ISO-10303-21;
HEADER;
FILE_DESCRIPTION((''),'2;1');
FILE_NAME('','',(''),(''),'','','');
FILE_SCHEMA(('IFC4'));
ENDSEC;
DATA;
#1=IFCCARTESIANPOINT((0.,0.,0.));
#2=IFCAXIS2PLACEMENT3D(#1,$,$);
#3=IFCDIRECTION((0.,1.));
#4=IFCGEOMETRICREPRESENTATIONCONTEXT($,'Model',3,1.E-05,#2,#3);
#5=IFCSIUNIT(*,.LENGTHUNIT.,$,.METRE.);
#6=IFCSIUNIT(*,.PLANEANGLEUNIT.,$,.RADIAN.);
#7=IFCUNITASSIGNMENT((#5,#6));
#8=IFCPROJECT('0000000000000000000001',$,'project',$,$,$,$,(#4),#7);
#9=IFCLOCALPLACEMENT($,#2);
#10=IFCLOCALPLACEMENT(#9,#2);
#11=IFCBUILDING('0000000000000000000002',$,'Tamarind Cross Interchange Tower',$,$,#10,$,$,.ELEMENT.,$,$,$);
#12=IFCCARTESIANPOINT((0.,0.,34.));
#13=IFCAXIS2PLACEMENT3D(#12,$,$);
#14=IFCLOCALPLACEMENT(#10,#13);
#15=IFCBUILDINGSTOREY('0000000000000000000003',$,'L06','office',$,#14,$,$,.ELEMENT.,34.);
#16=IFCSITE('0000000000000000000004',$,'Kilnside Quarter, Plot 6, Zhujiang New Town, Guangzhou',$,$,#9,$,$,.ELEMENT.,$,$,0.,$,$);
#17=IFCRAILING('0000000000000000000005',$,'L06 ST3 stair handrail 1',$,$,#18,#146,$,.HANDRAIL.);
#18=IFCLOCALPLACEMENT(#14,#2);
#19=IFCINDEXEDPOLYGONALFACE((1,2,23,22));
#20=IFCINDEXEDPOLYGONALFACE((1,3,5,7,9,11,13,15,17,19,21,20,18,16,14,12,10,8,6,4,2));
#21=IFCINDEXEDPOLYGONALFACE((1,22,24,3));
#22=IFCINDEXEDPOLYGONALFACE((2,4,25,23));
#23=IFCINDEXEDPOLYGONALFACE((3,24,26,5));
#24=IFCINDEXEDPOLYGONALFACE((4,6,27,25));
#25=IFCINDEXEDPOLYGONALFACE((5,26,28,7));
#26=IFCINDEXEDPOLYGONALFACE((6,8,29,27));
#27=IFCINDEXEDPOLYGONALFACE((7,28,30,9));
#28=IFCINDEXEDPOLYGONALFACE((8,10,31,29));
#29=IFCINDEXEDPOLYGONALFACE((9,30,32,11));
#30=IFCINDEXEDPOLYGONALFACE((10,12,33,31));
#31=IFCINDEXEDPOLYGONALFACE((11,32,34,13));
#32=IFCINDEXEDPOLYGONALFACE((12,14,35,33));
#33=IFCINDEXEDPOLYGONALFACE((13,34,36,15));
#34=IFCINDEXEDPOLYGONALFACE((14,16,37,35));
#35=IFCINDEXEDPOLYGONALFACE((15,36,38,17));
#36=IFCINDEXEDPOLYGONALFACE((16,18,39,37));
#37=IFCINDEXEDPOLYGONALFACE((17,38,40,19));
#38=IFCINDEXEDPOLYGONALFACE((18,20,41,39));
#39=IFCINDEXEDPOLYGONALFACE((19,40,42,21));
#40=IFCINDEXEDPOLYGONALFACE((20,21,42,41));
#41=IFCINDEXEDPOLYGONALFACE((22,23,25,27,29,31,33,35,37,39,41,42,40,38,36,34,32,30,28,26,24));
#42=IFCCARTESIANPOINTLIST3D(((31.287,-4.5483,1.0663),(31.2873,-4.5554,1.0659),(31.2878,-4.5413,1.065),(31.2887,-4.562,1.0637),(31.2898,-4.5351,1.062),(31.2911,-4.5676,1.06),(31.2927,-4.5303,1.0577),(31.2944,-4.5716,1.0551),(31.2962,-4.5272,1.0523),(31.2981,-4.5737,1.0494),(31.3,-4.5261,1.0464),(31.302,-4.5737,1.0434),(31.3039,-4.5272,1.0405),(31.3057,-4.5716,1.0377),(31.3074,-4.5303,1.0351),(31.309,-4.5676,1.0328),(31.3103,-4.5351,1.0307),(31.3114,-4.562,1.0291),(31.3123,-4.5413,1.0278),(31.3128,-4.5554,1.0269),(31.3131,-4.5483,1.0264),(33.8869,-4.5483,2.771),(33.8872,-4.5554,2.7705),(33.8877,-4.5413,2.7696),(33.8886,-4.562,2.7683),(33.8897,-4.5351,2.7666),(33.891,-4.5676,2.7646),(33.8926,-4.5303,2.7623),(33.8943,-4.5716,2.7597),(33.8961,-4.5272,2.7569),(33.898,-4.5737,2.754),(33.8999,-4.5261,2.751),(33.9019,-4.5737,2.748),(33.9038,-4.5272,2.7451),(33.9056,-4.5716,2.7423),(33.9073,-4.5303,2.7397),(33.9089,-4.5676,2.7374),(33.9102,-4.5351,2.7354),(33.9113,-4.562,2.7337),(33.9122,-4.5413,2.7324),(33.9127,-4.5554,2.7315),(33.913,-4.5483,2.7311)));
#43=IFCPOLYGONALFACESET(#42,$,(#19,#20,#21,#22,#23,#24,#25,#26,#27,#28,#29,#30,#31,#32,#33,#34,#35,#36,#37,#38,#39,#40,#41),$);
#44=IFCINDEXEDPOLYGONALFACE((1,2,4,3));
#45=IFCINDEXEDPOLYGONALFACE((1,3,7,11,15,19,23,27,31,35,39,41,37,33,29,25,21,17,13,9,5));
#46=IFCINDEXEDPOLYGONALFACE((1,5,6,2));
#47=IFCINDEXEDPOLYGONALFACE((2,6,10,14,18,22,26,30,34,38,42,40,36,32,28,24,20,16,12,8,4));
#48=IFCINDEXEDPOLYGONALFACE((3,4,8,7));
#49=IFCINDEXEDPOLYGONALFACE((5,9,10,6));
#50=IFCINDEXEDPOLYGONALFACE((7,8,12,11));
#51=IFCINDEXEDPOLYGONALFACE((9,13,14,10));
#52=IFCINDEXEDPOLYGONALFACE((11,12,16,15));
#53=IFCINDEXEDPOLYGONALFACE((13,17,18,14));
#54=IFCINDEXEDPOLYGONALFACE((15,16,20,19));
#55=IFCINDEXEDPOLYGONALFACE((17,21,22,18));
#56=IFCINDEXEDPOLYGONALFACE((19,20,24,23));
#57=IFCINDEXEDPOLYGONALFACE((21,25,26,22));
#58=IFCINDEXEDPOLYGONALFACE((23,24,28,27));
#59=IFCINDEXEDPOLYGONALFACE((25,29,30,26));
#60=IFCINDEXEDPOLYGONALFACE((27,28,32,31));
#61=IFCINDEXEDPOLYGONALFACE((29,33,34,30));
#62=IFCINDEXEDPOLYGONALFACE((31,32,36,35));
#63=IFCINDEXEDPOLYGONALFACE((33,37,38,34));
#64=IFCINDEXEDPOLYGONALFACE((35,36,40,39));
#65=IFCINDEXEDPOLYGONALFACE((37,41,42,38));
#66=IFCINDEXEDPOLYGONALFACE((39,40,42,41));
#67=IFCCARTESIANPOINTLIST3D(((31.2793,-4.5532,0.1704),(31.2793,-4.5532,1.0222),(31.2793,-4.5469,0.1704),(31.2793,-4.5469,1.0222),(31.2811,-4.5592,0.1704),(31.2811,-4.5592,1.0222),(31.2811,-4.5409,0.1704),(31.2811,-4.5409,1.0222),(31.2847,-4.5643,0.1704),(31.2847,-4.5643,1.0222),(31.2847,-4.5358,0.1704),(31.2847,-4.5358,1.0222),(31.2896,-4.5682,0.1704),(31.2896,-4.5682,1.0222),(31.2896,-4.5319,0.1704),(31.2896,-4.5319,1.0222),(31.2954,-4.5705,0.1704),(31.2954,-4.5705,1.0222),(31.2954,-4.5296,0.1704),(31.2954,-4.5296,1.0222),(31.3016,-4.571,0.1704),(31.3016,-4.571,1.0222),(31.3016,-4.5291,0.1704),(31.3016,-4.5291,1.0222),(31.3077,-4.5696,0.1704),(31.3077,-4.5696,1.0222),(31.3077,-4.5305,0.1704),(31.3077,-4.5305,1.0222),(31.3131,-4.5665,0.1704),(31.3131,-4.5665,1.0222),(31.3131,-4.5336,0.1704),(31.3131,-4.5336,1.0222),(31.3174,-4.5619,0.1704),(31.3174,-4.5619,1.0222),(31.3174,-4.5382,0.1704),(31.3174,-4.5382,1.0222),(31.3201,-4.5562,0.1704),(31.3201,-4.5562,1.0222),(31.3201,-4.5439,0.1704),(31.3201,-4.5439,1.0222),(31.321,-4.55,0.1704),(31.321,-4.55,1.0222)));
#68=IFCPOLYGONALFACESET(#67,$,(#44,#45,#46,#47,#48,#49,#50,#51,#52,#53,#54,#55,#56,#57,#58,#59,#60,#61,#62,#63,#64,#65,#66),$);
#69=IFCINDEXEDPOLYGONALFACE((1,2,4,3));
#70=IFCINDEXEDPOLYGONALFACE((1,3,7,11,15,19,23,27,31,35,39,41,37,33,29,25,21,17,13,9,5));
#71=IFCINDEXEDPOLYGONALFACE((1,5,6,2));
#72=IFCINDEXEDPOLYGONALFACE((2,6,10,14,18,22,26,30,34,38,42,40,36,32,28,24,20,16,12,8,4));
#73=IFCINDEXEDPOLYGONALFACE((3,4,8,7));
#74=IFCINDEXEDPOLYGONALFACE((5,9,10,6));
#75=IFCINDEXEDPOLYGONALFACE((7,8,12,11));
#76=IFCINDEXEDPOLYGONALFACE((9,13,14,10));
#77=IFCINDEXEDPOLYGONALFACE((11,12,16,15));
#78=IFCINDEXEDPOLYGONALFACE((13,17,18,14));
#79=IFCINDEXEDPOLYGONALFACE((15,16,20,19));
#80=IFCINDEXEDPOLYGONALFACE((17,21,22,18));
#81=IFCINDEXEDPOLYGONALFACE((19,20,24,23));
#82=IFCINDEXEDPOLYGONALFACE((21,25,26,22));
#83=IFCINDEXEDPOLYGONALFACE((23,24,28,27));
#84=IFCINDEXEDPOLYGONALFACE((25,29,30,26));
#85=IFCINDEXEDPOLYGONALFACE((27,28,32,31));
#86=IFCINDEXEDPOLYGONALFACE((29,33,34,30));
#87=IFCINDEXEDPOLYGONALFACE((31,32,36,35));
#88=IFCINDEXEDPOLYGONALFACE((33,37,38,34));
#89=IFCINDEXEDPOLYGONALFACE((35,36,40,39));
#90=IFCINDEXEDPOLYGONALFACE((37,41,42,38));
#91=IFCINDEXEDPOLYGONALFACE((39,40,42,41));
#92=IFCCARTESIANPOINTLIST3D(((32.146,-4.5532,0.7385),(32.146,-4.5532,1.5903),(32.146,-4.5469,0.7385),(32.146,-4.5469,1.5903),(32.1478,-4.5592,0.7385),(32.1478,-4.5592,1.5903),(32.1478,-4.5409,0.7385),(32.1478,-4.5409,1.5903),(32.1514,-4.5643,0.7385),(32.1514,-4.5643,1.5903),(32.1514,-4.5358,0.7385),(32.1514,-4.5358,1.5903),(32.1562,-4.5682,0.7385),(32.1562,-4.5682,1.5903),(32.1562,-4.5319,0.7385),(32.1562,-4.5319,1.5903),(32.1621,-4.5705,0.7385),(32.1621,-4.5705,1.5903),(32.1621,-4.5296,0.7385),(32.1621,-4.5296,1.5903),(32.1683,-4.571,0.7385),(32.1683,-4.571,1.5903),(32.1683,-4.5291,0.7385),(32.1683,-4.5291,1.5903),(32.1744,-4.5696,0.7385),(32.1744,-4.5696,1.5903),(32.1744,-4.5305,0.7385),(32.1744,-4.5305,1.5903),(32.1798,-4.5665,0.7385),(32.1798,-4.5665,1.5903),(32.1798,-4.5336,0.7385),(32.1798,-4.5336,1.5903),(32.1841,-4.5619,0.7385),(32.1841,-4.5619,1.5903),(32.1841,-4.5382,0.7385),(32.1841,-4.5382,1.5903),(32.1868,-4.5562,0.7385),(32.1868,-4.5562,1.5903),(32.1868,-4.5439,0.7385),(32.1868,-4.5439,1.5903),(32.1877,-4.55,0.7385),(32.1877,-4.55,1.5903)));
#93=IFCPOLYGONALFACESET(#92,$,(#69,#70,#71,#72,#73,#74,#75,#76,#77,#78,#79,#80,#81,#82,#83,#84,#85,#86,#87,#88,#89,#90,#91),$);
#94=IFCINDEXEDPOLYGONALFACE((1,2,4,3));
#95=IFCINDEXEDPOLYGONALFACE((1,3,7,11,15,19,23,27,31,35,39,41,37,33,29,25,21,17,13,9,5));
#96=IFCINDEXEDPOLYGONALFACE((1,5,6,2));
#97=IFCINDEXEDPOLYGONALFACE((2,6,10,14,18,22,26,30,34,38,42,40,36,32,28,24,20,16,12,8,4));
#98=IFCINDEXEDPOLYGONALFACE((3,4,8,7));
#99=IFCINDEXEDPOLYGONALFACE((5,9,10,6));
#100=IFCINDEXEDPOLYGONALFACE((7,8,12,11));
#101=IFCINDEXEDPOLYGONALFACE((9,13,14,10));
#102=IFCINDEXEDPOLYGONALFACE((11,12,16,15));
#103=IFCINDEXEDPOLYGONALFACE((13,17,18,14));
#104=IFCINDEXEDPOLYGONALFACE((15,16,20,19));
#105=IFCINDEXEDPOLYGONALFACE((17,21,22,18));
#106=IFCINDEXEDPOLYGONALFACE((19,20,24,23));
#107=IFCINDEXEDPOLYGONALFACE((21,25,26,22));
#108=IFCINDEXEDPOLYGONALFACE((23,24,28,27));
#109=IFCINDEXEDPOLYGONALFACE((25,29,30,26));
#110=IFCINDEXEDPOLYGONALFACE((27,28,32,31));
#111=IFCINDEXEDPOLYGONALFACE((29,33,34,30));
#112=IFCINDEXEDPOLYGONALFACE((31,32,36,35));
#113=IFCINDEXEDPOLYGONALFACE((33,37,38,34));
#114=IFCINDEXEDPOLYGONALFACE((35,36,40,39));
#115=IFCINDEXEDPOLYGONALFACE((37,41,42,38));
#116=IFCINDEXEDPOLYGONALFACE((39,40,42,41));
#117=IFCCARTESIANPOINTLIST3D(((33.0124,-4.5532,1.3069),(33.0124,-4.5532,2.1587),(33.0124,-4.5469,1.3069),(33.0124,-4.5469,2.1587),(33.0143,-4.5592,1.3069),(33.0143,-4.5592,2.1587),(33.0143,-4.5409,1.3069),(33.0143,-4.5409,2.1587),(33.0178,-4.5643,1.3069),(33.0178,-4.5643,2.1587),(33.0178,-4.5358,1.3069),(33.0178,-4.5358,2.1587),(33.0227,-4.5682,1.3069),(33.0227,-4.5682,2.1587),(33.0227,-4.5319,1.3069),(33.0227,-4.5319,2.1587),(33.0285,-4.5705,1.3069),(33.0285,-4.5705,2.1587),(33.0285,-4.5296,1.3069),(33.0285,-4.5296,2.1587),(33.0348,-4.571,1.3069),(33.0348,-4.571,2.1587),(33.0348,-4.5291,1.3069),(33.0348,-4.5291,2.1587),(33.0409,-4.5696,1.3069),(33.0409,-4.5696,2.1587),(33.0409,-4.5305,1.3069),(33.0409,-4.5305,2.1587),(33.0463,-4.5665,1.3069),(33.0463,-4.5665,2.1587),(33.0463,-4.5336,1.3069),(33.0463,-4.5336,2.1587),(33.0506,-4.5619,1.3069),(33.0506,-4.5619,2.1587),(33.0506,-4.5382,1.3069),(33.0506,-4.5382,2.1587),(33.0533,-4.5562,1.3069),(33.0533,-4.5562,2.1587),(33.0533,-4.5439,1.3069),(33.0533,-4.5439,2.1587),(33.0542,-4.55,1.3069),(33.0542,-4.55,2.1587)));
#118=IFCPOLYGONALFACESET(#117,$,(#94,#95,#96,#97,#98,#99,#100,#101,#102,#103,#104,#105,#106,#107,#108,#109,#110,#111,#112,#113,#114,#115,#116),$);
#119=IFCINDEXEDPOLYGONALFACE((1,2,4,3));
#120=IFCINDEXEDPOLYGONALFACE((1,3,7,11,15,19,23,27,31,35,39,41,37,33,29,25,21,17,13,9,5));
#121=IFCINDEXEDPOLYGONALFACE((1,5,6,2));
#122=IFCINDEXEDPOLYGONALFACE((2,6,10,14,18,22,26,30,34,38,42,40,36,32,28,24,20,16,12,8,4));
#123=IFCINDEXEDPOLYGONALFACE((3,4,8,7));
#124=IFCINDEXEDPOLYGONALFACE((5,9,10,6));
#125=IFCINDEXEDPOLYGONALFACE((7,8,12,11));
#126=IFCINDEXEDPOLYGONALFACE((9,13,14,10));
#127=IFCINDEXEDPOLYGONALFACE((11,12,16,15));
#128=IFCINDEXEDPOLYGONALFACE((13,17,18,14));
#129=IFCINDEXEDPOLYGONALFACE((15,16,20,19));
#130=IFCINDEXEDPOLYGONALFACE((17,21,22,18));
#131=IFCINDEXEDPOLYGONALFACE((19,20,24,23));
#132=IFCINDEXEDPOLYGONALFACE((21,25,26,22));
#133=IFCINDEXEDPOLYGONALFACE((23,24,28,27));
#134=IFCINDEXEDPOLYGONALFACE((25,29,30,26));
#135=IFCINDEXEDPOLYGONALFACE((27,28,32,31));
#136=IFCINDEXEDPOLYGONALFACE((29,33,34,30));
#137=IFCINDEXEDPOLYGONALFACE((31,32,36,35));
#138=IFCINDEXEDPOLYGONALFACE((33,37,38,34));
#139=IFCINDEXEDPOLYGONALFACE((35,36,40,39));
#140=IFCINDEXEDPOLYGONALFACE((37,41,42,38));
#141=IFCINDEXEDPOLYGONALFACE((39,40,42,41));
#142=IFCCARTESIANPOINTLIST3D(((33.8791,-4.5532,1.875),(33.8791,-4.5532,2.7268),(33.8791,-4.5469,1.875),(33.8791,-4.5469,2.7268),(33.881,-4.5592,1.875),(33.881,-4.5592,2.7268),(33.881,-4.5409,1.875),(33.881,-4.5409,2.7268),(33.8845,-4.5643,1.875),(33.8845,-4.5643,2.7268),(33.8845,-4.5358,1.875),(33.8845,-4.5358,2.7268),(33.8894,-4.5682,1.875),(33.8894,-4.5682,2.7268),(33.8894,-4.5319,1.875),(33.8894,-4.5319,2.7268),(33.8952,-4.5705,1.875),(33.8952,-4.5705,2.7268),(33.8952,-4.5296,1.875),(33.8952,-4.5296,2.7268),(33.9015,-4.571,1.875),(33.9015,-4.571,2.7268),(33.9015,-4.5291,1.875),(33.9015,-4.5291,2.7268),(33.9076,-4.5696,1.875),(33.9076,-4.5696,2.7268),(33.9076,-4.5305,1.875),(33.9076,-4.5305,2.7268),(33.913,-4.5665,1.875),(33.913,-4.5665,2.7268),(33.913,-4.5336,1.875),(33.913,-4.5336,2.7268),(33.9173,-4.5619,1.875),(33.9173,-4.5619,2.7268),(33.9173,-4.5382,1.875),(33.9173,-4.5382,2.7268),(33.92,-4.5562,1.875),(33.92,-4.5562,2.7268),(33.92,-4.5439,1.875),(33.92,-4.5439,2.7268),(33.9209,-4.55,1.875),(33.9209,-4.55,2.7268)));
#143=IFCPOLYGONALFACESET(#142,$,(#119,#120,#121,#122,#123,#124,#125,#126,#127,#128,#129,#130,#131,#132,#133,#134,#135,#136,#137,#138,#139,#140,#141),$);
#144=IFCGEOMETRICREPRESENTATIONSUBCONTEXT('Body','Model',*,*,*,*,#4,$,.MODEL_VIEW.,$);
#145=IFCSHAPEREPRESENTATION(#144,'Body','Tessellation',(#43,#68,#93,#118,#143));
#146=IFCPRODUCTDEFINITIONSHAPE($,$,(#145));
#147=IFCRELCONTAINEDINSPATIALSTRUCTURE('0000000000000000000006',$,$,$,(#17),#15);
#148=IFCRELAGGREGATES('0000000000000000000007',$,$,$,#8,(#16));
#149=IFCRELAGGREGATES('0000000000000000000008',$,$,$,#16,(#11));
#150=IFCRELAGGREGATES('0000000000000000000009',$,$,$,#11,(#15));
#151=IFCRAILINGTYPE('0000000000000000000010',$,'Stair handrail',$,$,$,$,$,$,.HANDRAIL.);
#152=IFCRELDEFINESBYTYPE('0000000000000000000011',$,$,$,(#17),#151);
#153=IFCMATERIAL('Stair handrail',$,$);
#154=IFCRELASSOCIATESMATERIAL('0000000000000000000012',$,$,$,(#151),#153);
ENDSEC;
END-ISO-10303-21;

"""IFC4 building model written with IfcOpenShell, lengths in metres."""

from ifc_helpers import new_model, si_unit, direction, frame, origin, origin_2d, place, context, subcontext, project, spatial, circle, extrude, material, type_object, element, save


model = new_model("IFC4")

# Units and contexts
model_context = context("Model", 3, precision=1e-05, world=origin(), true_north=direction((0.0, 1.0)))
body_context = subcontext(model_context, "Body", "Model", "MODEL_VIEW")
ifc_project = project(units=[si_unit("LENGTHUNIT", "METRE"), si_unit("PLANEANGLEUNIT", "RADIAN")], contexts=[model_context])

# Site, building, storey
site_placement = place(None, origin())
site = spatial("IfcSite", under=ifc_project, at=site_placement, Name="Kilnside Quarter, Plot 6, Zhujiang New Town, Guangzhou", CompositionType="ELEMENT", RefElevation=0.0)
building_placement = place(site_placement, origin())
building = spatial("IfcBuilding", under=site, at=building_placement, Name="Tamarind Cross Interchange Tower", CompositionType="ELEMENT")
storey_placement = place(building_placement, frame((0.0, 0.0, 34.0)))
storey = spatial("IfcBuildingStorey", under=building, at=storey_placement, Name="L06", Description="office", CompositionType="ELEMENT", Elevation=34.0)

# Railing
ifc_material_1 = material(Name="Stair handrail")
railing_type_1 = type_object("IfcRailingType", Name="Stair handrail", PredefinedType="HANDRAIL", material=ifc_material_1)
railing_1_placement = place(storey_placement, frame((31.3, -4.55, 0.1704)))
element("IfcRailing", 1, at=railing_1_placement, inside=storey, type_object=railing_type_1, Name="L06 ST3 stair handrail 1", PredefinedType="HANDRAIL", context=body_context, shape_type="SweptSolid", body=[
    extrude(circle(Radius=0.0239, at=origin_2d()), frame((0.0, 0.0, 0.876), z_axis=(0.836279, 0.0, 0.548305), x_axis=(0.0, 1.0, 0.0)), (0.0, 0.0, 1.0), 3.1089),
    extrude(circle(Radius=0.021, at=origin_2d()), origin(), (0.0, 0.0, 1.0), 0.8518),
    extrude(circle(Radius=0.021, at=origin_2d()), frame((0.8667, 0.0, 0.5681)), (0.0, 0.0, 1.0), 0.8518),
    extrude(circle(Radius=0.021, at=origin_2d()), frame((1.7332, 0.0, 1.1365)), (0.0, 0.0, 1.0), 0.8518),
    extrude(circle(Radius=0.021, at=origin_2d()), frame((2.5999, 0.0, 1.7046)), (0.0, 0.0, 1.0), 0.8518),
])

save(model, "model.ifc")
